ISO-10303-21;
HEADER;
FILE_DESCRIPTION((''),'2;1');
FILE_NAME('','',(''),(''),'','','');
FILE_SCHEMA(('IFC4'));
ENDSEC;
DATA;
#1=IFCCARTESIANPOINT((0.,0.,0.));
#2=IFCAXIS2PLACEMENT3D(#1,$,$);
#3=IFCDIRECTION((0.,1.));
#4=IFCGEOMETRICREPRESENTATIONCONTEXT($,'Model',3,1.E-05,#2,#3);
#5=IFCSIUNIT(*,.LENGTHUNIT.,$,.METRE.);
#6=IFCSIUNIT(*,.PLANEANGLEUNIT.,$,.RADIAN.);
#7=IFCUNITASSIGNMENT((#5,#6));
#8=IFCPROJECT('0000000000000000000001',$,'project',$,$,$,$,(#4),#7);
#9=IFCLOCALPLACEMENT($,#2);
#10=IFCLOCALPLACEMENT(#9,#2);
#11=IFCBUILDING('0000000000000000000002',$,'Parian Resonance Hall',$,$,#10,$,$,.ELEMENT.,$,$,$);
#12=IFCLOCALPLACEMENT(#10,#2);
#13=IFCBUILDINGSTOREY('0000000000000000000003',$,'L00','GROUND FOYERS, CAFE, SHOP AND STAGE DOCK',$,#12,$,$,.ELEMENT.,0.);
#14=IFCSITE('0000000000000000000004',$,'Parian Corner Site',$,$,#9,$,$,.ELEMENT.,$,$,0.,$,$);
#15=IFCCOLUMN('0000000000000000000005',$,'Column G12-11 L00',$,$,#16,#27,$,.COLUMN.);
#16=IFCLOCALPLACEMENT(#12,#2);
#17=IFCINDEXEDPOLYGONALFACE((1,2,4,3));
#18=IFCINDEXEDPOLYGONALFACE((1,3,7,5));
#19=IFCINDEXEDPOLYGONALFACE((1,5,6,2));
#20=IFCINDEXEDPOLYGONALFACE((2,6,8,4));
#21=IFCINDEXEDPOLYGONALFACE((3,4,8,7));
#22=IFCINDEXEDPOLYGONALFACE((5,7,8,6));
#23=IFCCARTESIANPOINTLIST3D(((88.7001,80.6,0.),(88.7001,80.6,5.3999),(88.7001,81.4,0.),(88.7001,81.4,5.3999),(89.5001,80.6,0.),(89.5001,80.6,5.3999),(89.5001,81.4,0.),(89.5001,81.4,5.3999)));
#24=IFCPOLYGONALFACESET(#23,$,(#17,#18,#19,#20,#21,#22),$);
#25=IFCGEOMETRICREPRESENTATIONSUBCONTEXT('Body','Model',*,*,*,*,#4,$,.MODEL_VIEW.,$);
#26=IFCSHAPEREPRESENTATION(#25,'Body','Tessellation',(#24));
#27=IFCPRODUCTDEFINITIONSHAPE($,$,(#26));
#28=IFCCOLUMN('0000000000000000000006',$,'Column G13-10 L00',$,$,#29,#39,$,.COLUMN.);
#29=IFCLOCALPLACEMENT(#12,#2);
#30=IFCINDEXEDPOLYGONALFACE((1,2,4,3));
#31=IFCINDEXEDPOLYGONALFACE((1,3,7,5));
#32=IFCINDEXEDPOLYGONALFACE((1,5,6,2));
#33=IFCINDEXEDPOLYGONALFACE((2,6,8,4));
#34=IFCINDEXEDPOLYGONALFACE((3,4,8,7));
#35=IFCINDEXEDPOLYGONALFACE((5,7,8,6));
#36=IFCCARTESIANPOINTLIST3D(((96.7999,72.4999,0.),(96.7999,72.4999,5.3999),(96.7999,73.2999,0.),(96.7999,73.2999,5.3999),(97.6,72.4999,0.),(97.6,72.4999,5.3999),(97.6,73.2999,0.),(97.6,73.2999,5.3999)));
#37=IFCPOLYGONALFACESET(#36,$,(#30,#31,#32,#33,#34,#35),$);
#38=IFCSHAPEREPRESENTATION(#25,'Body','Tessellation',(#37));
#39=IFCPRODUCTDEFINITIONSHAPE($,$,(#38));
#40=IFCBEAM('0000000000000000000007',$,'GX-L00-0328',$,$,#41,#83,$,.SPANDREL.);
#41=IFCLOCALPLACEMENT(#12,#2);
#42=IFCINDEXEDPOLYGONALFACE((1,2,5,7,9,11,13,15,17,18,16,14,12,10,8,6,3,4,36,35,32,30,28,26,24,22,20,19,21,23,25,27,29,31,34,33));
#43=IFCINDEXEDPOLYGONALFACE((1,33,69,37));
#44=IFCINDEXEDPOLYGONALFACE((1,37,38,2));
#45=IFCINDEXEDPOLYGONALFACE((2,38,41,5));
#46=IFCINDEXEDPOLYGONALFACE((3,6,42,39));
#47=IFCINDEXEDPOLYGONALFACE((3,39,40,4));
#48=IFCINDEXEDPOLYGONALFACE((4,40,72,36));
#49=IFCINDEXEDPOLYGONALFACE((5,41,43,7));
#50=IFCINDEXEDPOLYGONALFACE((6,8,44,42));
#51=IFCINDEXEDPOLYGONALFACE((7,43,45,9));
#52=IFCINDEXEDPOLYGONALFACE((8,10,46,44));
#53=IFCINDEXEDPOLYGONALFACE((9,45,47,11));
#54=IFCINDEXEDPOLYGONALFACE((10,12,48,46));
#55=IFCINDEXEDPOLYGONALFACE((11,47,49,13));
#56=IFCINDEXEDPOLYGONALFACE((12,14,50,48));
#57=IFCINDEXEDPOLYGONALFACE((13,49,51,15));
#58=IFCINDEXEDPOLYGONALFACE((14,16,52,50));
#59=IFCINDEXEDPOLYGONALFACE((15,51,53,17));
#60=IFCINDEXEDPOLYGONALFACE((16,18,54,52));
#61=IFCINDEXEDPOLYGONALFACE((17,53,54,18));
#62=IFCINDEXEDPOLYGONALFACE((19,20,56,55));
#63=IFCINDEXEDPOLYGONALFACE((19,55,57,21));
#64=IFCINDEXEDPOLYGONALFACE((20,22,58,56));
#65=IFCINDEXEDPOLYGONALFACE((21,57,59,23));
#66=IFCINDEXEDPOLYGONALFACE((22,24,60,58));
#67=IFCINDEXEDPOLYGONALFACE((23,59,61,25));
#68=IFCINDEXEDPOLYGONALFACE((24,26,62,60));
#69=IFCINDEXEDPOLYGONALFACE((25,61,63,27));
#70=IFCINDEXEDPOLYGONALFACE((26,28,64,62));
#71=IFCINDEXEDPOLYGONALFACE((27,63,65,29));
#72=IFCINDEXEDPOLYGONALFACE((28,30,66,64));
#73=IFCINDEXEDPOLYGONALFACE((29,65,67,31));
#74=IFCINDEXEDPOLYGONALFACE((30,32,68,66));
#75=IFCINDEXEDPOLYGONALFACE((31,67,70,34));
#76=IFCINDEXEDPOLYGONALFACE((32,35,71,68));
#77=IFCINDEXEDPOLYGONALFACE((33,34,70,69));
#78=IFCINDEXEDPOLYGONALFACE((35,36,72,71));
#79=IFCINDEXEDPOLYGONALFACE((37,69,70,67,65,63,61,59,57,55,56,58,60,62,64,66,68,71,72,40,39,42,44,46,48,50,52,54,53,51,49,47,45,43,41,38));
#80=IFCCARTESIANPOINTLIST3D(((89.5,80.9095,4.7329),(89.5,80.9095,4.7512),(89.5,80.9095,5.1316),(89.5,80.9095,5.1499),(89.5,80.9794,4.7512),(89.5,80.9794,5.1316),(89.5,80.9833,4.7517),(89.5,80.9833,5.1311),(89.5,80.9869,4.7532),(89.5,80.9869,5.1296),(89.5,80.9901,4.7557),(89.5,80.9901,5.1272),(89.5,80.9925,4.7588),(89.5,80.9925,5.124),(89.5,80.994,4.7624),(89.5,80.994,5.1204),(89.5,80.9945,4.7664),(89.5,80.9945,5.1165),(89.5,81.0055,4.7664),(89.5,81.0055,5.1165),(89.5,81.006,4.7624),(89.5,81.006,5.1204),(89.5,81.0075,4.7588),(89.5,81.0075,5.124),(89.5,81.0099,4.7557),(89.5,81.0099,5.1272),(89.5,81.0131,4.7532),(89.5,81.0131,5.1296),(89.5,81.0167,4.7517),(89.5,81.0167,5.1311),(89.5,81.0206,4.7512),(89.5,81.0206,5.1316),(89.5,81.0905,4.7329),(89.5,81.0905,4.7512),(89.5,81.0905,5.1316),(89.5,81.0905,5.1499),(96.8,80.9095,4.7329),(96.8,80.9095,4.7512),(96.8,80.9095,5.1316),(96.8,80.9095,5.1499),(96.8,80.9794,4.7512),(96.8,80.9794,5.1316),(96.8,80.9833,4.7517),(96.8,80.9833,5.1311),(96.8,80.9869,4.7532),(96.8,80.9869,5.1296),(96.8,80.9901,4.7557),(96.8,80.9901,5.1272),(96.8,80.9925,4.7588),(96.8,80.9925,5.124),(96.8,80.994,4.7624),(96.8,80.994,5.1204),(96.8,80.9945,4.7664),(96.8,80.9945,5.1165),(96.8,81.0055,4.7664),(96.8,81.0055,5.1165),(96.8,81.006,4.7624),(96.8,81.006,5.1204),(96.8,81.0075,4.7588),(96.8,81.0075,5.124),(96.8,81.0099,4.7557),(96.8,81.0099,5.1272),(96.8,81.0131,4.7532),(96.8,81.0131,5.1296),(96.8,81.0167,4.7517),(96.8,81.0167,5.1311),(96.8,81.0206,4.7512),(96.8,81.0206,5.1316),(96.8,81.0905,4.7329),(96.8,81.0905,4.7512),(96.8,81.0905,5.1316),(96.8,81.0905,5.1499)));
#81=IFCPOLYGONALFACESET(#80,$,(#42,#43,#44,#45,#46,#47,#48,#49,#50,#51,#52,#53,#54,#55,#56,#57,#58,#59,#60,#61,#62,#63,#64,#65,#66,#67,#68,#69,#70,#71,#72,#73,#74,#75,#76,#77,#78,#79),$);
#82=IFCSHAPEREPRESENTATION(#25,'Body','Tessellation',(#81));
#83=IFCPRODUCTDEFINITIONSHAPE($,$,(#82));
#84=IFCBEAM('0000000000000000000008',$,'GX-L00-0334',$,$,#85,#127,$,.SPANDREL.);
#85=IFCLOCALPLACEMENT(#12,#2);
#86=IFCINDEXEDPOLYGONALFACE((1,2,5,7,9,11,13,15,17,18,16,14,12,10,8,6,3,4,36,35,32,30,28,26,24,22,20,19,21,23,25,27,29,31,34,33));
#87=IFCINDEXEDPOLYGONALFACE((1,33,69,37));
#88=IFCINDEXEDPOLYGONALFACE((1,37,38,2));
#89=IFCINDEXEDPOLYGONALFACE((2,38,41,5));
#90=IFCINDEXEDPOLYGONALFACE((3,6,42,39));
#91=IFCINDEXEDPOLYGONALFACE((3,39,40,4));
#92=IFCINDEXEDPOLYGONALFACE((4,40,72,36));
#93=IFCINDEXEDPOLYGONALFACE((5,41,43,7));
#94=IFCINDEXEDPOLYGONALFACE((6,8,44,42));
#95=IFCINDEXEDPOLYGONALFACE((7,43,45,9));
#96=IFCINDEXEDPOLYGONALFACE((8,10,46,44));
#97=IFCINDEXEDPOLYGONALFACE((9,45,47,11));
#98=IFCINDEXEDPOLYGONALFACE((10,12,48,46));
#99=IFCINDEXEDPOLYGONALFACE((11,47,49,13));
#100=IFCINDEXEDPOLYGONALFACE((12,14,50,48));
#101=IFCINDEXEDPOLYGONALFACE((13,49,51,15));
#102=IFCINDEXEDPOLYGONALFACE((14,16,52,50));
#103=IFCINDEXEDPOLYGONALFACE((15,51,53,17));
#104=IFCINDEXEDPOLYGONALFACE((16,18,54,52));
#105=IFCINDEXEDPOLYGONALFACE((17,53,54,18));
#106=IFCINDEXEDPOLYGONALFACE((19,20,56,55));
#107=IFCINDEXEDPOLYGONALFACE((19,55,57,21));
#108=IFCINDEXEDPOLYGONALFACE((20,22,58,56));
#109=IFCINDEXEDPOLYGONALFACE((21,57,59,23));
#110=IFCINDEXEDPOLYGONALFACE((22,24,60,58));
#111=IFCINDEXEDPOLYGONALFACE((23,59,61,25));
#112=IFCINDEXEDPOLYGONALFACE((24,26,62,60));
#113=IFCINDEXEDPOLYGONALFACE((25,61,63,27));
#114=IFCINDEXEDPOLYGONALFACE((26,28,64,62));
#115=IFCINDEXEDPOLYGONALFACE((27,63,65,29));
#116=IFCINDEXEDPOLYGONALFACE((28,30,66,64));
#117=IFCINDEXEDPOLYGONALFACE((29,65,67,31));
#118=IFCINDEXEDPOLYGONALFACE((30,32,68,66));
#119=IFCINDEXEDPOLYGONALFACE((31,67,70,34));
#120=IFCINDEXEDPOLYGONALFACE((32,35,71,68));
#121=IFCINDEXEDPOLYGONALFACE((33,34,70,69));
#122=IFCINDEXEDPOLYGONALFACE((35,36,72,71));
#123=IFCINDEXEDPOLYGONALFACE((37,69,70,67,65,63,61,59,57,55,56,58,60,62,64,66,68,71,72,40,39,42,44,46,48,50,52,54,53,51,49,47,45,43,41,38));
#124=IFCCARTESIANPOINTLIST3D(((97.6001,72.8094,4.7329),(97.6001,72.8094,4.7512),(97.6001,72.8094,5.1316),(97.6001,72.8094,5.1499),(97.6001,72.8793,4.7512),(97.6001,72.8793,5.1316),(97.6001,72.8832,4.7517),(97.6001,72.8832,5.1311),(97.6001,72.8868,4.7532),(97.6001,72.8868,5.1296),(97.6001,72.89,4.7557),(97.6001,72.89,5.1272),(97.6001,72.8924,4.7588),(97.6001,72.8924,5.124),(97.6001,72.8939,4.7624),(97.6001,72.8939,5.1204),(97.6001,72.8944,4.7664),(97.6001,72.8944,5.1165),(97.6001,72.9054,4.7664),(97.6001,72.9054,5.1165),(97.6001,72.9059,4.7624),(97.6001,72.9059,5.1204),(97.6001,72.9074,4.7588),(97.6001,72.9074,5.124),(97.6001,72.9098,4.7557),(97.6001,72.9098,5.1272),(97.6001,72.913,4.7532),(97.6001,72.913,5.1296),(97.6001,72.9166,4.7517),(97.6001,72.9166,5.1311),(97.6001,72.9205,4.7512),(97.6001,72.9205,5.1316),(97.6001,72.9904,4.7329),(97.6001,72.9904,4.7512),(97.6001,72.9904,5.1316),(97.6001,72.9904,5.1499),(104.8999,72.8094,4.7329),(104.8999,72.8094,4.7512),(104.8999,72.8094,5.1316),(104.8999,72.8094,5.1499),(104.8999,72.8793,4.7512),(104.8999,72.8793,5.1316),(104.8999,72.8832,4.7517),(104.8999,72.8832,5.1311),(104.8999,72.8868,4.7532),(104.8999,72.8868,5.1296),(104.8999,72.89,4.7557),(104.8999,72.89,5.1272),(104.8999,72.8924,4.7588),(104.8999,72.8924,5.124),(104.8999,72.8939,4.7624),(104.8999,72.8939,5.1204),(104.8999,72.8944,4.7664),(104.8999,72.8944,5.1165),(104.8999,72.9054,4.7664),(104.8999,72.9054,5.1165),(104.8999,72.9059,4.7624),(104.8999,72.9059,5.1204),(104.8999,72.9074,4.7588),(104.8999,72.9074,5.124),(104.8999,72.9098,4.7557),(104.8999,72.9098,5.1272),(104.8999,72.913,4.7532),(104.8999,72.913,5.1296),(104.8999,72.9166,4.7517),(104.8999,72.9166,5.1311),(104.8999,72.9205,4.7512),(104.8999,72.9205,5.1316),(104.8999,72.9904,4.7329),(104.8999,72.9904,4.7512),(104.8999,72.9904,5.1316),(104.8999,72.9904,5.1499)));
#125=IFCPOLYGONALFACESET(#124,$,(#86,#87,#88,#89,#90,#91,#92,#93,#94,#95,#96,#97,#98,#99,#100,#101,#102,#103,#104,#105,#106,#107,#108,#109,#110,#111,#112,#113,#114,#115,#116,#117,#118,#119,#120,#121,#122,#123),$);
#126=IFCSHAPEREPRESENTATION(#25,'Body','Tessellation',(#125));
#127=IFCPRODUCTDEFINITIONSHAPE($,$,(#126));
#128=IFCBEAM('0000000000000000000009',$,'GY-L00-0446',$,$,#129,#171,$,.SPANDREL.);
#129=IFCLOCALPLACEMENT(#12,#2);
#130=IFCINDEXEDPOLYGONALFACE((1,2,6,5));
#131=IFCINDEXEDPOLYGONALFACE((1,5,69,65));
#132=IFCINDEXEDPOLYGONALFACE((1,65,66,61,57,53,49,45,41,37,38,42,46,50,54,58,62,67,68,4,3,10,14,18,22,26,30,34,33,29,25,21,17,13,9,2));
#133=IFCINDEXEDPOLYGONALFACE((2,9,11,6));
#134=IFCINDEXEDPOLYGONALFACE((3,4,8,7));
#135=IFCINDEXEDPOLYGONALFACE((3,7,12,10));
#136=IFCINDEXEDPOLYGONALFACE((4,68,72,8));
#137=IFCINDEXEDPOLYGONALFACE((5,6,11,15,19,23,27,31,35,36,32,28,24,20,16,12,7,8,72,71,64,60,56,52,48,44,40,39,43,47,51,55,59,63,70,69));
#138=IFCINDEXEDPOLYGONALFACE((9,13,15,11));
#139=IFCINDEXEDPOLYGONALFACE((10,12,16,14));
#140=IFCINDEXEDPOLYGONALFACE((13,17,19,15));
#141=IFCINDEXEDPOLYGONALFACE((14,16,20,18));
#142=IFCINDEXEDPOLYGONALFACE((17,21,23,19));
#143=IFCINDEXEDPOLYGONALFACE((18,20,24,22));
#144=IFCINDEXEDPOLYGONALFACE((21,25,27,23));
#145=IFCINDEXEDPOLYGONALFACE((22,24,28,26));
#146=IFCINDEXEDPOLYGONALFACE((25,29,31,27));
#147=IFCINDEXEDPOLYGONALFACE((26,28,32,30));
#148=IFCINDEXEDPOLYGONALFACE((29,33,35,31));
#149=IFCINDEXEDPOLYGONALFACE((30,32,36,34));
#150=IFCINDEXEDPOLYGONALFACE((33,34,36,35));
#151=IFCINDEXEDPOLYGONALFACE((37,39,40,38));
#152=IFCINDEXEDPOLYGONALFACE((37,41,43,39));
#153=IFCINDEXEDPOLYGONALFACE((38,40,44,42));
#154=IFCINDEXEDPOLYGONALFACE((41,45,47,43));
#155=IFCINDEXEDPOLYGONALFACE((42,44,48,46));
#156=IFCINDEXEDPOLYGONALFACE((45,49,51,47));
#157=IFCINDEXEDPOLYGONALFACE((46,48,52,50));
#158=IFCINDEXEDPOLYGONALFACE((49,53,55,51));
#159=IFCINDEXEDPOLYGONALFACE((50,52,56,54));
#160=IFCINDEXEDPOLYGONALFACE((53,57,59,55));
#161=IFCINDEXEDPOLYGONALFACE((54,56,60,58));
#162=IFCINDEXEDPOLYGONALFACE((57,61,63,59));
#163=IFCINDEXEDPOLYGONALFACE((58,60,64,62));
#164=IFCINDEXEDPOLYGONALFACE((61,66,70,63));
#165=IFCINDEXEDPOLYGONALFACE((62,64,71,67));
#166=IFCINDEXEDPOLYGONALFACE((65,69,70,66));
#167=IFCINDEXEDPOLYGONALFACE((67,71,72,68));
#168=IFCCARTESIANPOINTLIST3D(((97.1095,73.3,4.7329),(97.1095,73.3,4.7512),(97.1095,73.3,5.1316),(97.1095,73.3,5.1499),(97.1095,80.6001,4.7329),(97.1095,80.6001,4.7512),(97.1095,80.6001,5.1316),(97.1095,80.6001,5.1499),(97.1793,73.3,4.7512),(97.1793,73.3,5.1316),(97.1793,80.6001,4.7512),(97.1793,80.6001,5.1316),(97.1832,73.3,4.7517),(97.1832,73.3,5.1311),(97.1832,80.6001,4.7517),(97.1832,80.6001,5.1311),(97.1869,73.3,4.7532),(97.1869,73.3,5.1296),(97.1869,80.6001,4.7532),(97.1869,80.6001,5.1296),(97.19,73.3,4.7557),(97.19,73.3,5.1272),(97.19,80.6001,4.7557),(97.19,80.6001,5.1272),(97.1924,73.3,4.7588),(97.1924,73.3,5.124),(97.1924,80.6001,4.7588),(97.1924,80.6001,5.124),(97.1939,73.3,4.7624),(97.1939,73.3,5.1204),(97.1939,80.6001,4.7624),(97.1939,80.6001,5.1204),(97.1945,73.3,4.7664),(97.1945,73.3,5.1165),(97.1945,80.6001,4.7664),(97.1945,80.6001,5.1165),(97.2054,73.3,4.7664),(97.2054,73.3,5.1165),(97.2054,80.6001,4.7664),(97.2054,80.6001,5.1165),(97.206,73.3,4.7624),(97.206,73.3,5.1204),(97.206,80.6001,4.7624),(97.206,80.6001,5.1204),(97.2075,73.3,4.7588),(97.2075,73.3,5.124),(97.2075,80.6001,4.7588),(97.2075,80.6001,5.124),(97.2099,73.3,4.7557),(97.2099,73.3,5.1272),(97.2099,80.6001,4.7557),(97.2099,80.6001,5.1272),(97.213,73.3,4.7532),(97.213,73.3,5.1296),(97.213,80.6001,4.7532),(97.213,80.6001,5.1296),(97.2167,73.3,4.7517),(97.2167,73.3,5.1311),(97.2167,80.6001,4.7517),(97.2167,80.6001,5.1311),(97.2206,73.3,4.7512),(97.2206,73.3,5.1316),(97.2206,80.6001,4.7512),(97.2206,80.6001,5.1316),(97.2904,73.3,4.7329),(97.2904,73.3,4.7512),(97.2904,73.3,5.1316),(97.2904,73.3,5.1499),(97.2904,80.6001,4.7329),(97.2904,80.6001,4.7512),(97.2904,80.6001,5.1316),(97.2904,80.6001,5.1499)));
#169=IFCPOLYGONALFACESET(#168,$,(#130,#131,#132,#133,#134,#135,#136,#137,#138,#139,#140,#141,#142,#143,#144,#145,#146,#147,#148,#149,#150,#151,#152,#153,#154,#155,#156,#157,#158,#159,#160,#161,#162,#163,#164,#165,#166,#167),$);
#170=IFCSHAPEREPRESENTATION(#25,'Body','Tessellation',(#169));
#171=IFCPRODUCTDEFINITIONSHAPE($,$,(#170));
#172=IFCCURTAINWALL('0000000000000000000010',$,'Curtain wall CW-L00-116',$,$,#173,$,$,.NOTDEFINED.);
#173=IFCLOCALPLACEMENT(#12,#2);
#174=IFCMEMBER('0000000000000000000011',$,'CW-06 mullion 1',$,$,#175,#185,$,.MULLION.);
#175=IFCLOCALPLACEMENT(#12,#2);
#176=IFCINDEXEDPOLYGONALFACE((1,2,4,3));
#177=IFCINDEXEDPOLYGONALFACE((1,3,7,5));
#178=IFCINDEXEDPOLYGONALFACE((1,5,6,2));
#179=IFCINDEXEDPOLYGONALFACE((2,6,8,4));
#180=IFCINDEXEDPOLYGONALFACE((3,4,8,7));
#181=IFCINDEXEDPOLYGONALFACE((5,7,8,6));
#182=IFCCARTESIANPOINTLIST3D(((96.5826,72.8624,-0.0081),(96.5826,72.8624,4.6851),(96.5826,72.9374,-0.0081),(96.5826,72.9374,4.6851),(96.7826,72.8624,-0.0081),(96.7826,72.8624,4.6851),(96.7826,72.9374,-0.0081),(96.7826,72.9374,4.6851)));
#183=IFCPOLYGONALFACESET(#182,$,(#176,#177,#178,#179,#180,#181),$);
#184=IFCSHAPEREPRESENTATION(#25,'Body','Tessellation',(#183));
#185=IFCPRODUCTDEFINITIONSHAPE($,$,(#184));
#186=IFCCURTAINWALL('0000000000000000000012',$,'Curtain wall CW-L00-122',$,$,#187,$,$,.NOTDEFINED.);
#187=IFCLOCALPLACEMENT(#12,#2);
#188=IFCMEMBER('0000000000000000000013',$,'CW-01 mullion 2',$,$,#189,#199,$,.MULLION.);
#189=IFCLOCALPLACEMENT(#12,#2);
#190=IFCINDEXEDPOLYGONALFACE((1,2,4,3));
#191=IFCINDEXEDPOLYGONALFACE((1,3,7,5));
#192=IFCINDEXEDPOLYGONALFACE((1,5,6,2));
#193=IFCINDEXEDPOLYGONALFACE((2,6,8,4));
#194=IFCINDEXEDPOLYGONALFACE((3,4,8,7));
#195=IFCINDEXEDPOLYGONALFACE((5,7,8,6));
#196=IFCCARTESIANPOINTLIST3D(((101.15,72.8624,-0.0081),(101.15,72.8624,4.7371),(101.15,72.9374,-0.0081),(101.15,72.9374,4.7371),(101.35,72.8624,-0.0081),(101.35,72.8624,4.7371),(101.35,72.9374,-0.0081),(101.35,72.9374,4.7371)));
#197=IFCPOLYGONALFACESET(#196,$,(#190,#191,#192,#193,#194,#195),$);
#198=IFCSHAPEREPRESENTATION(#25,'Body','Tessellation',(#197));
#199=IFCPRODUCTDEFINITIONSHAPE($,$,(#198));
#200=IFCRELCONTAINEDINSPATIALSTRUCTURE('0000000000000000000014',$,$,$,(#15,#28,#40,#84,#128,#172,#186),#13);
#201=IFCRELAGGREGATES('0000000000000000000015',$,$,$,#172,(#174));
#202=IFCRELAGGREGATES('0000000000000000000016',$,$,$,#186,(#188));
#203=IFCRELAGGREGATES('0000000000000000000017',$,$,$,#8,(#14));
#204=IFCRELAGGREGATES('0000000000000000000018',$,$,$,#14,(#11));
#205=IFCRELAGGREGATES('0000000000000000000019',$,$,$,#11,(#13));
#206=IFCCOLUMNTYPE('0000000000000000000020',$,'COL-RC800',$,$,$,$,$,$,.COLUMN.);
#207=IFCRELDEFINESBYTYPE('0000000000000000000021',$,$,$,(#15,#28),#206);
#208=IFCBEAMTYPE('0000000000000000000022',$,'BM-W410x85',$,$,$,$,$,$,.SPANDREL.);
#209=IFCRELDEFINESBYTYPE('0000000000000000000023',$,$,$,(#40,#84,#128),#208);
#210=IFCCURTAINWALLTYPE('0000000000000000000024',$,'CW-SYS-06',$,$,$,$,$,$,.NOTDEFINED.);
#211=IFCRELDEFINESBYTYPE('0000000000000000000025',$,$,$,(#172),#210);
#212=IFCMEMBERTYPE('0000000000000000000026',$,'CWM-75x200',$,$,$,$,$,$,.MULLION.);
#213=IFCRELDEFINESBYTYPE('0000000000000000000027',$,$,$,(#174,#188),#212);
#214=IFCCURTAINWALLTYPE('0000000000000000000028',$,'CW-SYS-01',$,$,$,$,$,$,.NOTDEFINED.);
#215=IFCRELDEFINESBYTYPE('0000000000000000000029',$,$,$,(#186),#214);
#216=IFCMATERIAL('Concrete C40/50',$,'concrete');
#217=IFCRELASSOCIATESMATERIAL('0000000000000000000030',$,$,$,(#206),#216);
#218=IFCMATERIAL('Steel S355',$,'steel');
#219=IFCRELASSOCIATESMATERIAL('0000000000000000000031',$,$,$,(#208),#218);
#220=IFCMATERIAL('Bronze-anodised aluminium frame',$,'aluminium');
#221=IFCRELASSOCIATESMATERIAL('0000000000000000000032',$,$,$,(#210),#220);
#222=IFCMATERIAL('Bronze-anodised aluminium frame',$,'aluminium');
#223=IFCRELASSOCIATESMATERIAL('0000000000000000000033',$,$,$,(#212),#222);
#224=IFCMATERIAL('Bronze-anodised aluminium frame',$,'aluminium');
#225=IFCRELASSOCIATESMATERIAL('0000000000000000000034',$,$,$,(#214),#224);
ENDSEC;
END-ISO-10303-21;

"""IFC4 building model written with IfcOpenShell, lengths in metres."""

from ifc_helpers import new_model, si_unit, direction, frame, origin, origin_2d, place, context, subcontext, project, spatial, rectangle, i_section, extrude, material, material_profile, profile_set, type_object, element, aggregate, save


model = new_model("IFC4")

# Units and contexts
model_context = context("Model", 3, precision=1e-05, world=origin(), true_north=direction((0.0, 1.0)))
body_context = subcontext(model_context, "Body", "Model", "MODEL_VIEW")
ifc_project = project(units=[si_unit("LENGTHUNIT", "METRE"), si_unit("PLANEANGLEUNIT", "RADIAN")], contexts=[model_context])

# Site, building, storey
site_placement = place(None, origin())
site = spatial("IfcSite", under=ifc_project, at=site_placement, Name="Parian Corner Site", CompositionType="ELEMENT", RefElevation=0.0)
building_placement = place(site_placement, origin())
building = spatial("IfcBuilding", under=site, at=building_placement, Name="Parian Resonance Hall", CompositionType="ELEMENT")
storey_placement = place(building_placement, origin())
storey = spatial("IfcBuildingStorey", under=building, at=storey_placement, Name="L00", Description="GROUND FOYERS, CAFE, SHOP AND STAGE DOCK", CompositionType="ELEMENT", Elevation=0.0)

# Columns
ifc_material_1 = material(Name="Concrete C40/50", Category="concrete")
ifc_material_profile_1 = material_profile(ifc_material_1, rectangle(XDim=0.8, YDim=0.8, at=origin_2d()), Name="RC-COL-800x800")
ifc_profile_set_1 = profile_set([ifc_material_profile_1], Name="Concrete C40/50")
column_type = type_object("IfcColumnType", Name="COL-RC800", PredefinedType="COLUMN", material=ifc_profile_set_1)
for number, where, z_axis, x_axis, name in (
    (1, (89.1001, 81.0, 0.0), (0.0, 0.0, 1.0), (1.0, 0.0, 0.0), "Column G12-11 L00"),
    (2, (97.2, 72.8999, 0.0), (0.0, 0.0, 1.0), (1.0, 0.0, 0.0), "Column G13-10 L00"),
):
    element("IfcColumn", number, at=place(storey_placement, frame(where, z_axis=z_axis, x_axis=x_axis)), inside=storey, type_object=column_type, Name=name, PredefinedType="COLUMN", context=body_context, shape_type="SweptSolid", body=[
        extrude(rectangle(XDim=0.8, YDim=0.8, at=origin_2d()), origin(), (0.0, 0.0, 1.0), 5.3999),
    ])

# Beams
ifc_material_2 = material(Name="Steel S355", Category="steel")
ifc_material_profile_2 = material_profile(ifc_material_2, i_section(OverallWidth=0.1809, OverallDepth=0.417, WebThickness=0.011, FlangeThickness=0.0183, FilletRadius=0.0151, at=origin_2d()), Name="W410x85")
ifc_profile_set_2 = profile_set([ifc_material_profile_2], Name="Steel S355")
beam_type = type_object("IfcBeamType", Name="BM-W410x85", PredefinedType="SPANDREL", material=ifc_profile_set_2)
beam_1_placement = place(storey_placement, frame((89.5, 81.0, 4.9414), z_axis=(1.0, 0.0, 0.0), x_axis=(0.0, 1.0, 0.0)))
element("IfcBeam", 3, at=beam_1_placement, inside=storey, type_object=beam_type, Name="GX-L00-0328", PredefinedType="SPANDREL", context=body_context, shape_type="SweptSolid", body=[
    extrude(i_section(OverallWidth=0.1809, OverallDepth=0.417, WebThickness=0.011, FlangeThickness=0.0183, FilletRadius=0.0151, at=origin_2d()), origin(), (0.0, 0.0, 1.0), 7.3),
])
beam_2_placement = place(storey_placement, frame((97.6001, 72.8999, 4.9414), z_axis=(1.0, 0.0, 0.0), x_axis=(0.0, 1.0, 0.0)))
element("IfcBeam", 4, at=beam_2_placement, inside=storey, type_object=beam_type, Name="GX-L00-0334", PredefinedType="SPANDREL", context=body_context, shape_type="SweptSolid", body=[
    extrude(i_section(OverallWidth=0.1809, OverallDepth=0.417, WebThickness=0.011, FlangeThickness=0.0183, FilletRadius=0.0151, at=origin_2d()), origin(), (0.0, 0.0, 1.0), 7.2998),
])
beam_3_placement = place(storey_placement, frame((97.2, 73.3, 4.9414), z_axis=(0.0, 1.0, 0.0), x_axis=(-1.0, 0.0, 0.0)))
element("IfcBeam", 5, at=beam_3_placement, inside=storey, type_object=beam_type, Name="GY-L00-0446", PredefinedType="SPANDREL", context=body_context, shape_type="SweptSolid", body=[
    extrude(i_section(OverallWidth=0.1809, OverallDepth=0.417, WebThickness=0.011, FlangeThickness=0.0183, FilletRadius=0.0151, at=origin_2d()), origin(), (0.0, 0.0, 1.0), 7.3),
])

# Curtain wall, member
ifc_material_3 = material(Name="Bronze-anodised aluminium frame", Category="aluminium")
curtain_wall_type_1 = type_object("IfcCurtainWallType", Name="CW-SYS-06", PredefinedType="NOTDEFINED", material=ifc_material_3)
curtain_wall_1_placement = place(storey_placement, origin())
curtain_wall_1 = element("IfcCurtainWall", 6, at=curtain_wall_1_placement, inside=storey, type_object=curtain_wall_type_1, Name="Curtain wall CW-L00-116", PredefinedType="NOTDEFINED")
ifc_material_4 = material(Name="Bronze-anodised aluminium frame", Category="aluminium")
ifc_material_profile_3 = material_profile(ifc_material_4, rectangle(XDim=0.075, YDim=0.2, at=origin_2d()), Name="CWM-75x200")
ifc_profile_set_3 = profile_set([ifc_material_profile_3], Name="Bronze-anodised aluminium frame")
member_type_1 = type_object("IfcMemberType", Name="CWM-75x200", PredefinedType="MULLION", material=ifc_profile_set_3)
member_1_placement = place(storey_placement, frame((96.6826, 72.8999, -0.0081), z_axis=(0.0, 0.0, 1.0), x_axis=(0.0, -1.0, 0.0)))
member_1 = element("IfcMember", 7, at=member_1_placement, type_object=member_type_1, Name="CW-06 mullion 1", PredefinedType="MULLION", context=body_context, shape_type="SweptSolid", body=[
    extrude(rectangle(XDim=0.075, YDim=0.2, at=origin_2d()), origin(), (0.0, 0.0, 1.0), 4.6931),
])

# Curtain wall, member
ifc_material_5 = material(Name="Bronze-anodised aluminium frame", Category="aluminium")
curtain_wall_type_2 = type_object("IfcCurtainWallType", Name="CW-SYS-01", PredefinedType="NOTDEFINED", material=ifc_material_5)
curtain_wall_2_placement = place(storey_placement, origin())
curtain_wall_2 = element("IfcCurtainWall", 8, at=curtain_wall_2_placement, inside=storey, type_object=curtain_wall_type_2, Name="Curtain wall CW-L00-122", PredefinedType="NOTDEFINED")
member_2_placement = place(storey_placement, frame((101.25, 72.8999, -0.0081), z_axis=(0.0, 0.0, 1.0), x_axis=(0.0, -1.0, 0.0)))
member_2 = element("IfcMember", 9, at=member_2_placement, type_object=member_type_1, Name="CW-01 mullion 2", PredefinedType="MULLION", context=body_context, shape_type="SweptSolid", body=[
    extrude(rectangle(XDim=0.075, YDim=0.2, at=origin_2d()), origin(), (0.0, 0.0, 1.0), 4.7451),
])

aggregate(curtain_wall_1, [member_1])

aggregate(curtain_wall_2, [member_2])

save(model, "model.ifc")
